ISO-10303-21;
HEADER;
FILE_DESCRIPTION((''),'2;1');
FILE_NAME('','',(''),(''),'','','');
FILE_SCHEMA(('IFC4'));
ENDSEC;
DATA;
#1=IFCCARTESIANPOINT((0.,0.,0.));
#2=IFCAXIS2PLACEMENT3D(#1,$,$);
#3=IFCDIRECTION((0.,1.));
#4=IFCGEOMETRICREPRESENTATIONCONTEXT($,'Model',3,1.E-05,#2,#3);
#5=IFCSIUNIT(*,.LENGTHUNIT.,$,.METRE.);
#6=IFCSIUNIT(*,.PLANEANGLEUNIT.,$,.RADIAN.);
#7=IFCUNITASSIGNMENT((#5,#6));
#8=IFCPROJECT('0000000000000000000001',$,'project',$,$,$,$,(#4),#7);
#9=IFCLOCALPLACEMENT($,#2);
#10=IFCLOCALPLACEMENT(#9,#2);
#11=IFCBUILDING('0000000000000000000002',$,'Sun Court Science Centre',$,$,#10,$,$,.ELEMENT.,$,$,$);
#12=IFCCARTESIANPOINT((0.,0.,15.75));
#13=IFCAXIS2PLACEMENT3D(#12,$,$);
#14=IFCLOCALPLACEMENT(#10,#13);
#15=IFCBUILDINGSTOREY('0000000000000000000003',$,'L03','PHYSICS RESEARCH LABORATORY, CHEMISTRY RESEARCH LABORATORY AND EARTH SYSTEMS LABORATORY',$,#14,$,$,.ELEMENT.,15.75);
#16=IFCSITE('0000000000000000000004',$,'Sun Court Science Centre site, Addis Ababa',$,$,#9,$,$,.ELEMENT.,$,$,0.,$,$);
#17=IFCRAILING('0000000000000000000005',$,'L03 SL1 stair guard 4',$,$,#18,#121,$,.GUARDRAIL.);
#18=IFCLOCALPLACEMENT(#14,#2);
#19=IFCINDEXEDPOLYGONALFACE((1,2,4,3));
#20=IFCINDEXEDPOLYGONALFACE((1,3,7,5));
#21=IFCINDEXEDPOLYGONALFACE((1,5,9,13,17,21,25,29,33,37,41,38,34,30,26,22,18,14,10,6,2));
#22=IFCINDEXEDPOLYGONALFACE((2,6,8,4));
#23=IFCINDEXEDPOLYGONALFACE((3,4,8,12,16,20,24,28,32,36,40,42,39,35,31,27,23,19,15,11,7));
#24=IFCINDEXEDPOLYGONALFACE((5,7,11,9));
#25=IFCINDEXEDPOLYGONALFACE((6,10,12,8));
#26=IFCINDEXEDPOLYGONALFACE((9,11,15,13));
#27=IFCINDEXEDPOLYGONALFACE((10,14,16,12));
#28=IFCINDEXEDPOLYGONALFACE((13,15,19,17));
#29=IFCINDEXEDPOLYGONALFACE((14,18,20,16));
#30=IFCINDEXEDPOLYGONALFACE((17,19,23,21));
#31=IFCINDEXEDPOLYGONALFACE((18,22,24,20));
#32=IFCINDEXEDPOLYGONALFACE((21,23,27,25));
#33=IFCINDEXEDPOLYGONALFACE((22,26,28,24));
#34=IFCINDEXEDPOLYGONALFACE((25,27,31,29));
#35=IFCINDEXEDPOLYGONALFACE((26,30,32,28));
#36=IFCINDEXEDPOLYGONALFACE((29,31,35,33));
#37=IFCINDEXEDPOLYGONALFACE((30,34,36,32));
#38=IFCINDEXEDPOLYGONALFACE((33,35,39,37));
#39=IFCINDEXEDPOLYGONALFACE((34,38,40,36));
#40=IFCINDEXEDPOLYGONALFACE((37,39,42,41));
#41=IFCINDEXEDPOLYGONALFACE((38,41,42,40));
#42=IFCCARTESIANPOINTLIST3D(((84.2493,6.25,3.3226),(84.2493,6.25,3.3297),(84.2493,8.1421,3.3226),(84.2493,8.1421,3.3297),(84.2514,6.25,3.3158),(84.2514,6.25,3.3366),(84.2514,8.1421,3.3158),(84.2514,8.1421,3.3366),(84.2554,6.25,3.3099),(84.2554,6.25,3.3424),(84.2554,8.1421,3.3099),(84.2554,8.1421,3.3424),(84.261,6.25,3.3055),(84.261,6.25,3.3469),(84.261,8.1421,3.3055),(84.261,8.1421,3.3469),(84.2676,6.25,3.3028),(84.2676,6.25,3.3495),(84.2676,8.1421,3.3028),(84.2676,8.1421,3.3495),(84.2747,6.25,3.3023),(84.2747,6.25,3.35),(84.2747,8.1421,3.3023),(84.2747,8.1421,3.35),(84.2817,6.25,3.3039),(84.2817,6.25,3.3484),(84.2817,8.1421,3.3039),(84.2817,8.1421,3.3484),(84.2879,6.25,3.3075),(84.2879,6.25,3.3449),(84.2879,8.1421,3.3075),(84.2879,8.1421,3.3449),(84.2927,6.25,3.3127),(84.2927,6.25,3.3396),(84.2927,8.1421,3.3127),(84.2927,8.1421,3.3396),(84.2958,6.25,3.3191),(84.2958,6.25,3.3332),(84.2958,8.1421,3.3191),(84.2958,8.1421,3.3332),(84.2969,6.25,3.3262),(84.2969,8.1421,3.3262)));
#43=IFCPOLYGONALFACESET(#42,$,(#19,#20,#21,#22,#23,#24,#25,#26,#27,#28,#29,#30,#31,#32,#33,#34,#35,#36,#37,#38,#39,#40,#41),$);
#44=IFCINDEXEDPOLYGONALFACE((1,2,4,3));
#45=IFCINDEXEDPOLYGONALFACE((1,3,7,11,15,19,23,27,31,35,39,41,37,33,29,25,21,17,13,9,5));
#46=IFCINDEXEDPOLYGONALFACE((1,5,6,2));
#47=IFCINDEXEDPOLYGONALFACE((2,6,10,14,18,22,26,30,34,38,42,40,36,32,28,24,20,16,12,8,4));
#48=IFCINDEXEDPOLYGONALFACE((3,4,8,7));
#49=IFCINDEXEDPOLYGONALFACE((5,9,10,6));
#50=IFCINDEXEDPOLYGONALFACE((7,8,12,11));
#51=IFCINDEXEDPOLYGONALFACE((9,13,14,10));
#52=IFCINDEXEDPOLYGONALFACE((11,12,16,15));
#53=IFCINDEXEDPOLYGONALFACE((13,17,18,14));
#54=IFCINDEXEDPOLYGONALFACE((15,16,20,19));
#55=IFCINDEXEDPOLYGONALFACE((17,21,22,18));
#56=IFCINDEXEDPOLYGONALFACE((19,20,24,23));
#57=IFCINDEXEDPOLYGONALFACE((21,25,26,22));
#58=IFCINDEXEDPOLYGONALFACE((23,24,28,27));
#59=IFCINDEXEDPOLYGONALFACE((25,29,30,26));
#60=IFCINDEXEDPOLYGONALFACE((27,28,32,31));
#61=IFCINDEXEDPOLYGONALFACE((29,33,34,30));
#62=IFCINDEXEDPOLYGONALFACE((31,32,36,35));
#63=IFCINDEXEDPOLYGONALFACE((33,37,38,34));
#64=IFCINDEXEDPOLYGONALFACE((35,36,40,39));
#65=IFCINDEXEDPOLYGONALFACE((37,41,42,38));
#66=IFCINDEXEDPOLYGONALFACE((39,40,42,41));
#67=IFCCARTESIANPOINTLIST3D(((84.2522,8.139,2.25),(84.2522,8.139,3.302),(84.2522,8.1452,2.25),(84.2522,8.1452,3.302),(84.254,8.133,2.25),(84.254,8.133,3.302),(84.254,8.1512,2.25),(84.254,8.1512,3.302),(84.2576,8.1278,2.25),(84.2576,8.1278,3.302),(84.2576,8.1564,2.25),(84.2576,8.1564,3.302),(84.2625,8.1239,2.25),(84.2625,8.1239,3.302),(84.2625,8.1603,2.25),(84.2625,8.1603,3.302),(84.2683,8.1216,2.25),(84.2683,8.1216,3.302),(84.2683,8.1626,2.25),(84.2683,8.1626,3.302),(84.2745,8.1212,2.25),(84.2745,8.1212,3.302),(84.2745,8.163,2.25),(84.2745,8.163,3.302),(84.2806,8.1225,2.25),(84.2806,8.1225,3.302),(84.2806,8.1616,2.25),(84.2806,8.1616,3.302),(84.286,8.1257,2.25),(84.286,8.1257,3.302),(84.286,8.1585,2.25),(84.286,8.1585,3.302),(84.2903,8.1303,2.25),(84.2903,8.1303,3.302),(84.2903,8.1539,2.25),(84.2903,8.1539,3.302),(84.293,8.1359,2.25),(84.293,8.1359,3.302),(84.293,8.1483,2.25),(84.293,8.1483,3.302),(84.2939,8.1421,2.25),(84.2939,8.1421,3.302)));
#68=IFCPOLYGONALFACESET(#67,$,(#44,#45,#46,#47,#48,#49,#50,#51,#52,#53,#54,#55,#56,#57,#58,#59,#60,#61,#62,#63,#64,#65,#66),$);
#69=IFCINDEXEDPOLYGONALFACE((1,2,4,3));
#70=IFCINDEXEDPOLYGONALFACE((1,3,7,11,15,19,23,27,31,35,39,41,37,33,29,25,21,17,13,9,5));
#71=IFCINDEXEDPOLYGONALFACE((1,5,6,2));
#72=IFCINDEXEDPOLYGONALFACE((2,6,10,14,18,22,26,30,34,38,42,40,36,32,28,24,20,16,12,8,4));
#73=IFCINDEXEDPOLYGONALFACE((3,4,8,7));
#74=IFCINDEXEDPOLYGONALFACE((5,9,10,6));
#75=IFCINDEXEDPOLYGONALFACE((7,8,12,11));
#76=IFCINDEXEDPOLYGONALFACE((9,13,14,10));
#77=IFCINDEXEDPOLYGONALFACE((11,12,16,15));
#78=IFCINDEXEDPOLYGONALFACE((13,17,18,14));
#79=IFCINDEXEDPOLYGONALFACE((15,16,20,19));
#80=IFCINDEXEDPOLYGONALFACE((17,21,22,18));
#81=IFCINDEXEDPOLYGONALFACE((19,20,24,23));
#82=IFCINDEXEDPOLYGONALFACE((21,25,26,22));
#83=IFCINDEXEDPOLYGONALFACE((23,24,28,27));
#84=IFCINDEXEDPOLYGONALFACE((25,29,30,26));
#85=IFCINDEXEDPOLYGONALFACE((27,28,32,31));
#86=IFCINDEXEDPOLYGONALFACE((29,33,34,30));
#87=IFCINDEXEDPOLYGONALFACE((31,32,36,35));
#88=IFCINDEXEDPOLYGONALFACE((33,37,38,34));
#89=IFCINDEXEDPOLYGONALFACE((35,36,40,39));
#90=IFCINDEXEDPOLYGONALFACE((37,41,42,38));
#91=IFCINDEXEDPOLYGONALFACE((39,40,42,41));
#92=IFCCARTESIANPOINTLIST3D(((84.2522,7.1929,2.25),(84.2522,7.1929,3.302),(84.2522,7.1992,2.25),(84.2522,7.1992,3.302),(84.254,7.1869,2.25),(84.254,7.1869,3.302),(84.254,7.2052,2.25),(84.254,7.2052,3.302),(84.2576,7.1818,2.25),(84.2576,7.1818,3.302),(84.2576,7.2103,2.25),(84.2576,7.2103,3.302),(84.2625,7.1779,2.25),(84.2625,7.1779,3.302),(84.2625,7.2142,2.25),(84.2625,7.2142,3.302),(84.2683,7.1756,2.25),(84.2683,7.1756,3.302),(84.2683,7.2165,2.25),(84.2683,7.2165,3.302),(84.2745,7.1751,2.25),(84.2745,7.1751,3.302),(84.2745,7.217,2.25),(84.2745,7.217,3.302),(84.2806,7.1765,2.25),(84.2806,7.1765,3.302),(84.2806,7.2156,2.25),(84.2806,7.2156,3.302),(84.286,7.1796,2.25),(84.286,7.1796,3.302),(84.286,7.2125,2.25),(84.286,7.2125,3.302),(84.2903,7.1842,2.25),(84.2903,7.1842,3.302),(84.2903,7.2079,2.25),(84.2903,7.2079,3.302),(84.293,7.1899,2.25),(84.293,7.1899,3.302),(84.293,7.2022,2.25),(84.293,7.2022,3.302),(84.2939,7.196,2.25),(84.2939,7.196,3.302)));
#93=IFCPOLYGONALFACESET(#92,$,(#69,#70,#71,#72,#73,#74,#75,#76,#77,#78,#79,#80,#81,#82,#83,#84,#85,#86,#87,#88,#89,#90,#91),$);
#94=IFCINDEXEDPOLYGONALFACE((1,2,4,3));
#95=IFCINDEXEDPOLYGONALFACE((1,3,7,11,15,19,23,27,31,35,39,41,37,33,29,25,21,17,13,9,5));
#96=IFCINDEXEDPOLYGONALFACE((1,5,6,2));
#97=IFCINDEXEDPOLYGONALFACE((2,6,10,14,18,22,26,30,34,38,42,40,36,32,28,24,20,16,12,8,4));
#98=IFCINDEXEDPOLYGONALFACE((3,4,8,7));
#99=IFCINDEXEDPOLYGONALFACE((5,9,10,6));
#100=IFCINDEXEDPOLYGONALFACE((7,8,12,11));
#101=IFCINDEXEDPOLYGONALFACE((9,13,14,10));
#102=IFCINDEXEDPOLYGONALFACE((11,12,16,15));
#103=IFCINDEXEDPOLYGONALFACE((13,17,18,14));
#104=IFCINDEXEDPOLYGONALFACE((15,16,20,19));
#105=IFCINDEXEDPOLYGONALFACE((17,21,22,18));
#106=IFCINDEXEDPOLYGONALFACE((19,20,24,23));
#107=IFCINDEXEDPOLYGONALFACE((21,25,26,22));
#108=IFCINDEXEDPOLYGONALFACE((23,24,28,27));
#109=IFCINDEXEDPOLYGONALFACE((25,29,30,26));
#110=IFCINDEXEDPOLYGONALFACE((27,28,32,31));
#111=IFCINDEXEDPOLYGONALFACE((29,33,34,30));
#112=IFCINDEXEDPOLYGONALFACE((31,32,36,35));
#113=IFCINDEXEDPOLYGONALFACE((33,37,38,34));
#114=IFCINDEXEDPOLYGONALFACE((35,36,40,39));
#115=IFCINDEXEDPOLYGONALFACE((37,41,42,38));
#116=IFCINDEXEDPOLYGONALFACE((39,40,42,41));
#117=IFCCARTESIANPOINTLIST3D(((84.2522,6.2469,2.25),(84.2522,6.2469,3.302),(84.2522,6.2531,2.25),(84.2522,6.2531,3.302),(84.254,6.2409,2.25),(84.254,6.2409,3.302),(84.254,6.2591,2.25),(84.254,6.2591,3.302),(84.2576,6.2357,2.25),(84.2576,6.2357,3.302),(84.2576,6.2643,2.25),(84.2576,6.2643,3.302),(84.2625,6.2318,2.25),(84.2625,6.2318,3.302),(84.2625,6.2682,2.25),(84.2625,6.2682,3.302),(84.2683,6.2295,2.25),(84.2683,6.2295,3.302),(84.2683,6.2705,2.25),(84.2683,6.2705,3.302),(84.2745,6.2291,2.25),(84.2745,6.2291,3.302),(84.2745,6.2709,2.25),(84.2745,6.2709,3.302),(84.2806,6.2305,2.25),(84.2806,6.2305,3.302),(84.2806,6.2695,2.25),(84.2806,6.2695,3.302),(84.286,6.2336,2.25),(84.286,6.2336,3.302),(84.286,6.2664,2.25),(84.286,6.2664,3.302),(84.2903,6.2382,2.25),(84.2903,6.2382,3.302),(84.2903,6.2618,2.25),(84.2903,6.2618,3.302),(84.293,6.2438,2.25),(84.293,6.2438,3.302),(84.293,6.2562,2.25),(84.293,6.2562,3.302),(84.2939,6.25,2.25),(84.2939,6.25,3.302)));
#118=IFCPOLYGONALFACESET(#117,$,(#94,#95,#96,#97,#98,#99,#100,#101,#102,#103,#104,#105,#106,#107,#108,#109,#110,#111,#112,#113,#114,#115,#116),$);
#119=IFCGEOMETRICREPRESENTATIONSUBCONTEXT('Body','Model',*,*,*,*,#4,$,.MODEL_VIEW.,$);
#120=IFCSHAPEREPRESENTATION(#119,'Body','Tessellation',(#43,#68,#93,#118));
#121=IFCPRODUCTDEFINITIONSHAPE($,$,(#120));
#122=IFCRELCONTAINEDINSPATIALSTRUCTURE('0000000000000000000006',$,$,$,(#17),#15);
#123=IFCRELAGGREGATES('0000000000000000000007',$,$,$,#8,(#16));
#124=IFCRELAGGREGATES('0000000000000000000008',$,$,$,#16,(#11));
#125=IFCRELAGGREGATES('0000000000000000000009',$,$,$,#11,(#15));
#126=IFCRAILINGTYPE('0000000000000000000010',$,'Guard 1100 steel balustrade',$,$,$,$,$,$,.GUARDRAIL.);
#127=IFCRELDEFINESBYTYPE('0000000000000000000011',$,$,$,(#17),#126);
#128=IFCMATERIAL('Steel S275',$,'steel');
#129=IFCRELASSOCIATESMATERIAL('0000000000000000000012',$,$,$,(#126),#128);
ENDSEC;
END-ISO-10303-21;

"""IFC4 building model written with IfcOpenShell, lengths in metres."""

from ifc_helpers import new_model, si_unit, direction, frame, origin, origin_2d, place, context, subcontext, project, spatial, circle, extrude, material, type_object, element, save


model = new_model("IFC4")

# Units and contexts
model_context = context("Model", 3, precision=1e-05, world=origin(), true_north=direction((0.0, 1.0)))
body_context = subcontext(model_context, "Body", "Model", "MODEL_VIEW")
ifc_project = project(units=[si_unit("LENGTHUNIT", "METRE"), si_unit("PLANEANGLEUNIT", "RADIAN")], contexts=[model_context])

# Site, building, storey
site_placement = place(None, origin())
site = spatial("IfcSite", under=ifc_project, at=site_placement, Name="Sun Court Science Centre site, Addis Ababa", CompositionType="ELEMENT", RefElevation=0.0)
building_placement = place(site_placement, origin())
building = spatial("IfcBuilding", under=site, at=building_placement, Name="Sun Court Science Centre", CompositionType="ELEMENT")
storey_placement = place(building_placement, frame((0.0, 0.0, 15.75)))
storey = spatial("IfcBuildingStorey", under=building, at=storey_placement, Name="L03", Description="PHYSICS RESEARCH LABORATORY, CHEMISTRY RESEARCH LABORATORY AND EARTH SYSTEMS LABORATORY", CompositionType="ELEMENT", Elevation=15.75)

# Railing
ifc_material_1 = material(Name="Steel S275", Category="steel")
railing_type_1 = type_object("IfcRailingType", Name="Guard 1100 steel balustrade", PredefinedType="GUARDRAIL", material=ifc_material_1)
for number, where, name in (
    (1, (84.2729, 8.1421, 2.25), "L03 SL1 stair guard 4"),
):
    element("IfcRailing", number, at=place(storey_placement, frame(where)), inside=storey, type_object=railing_type_1, Name=name, PredefinedType="GUARDRAIL", context=body_context, shape_type="SweptSolid", body=[
        extrude(circle(Radius=0.0239, at=origin_2d()), frame((0.0, 0.0, 1.0762), z_axis=(0.0, -1.0, 0.0), x_axis=(1.0, 0.0, 0.0)), (0.0, 0.0, 1.0), 1.8921),
        extrude(circle(Radius=0.021, at=origin_2d()), origin(), (0.0, 0.0, 1.0), 1.052),
        extrude(circle(Radius=0.021, at=origin_2d()), frame((0.0, -0.946, 0.0)), (0.0, 0.0, 1.0), 1.052),
        extrude(circle(Radius=0.021, at=origin_2d()), frame((0.0, -1.8921, 0.0)), (0.0, 0.0, 1.0), 1.052),
    ])

save(model, "model.ifc")
